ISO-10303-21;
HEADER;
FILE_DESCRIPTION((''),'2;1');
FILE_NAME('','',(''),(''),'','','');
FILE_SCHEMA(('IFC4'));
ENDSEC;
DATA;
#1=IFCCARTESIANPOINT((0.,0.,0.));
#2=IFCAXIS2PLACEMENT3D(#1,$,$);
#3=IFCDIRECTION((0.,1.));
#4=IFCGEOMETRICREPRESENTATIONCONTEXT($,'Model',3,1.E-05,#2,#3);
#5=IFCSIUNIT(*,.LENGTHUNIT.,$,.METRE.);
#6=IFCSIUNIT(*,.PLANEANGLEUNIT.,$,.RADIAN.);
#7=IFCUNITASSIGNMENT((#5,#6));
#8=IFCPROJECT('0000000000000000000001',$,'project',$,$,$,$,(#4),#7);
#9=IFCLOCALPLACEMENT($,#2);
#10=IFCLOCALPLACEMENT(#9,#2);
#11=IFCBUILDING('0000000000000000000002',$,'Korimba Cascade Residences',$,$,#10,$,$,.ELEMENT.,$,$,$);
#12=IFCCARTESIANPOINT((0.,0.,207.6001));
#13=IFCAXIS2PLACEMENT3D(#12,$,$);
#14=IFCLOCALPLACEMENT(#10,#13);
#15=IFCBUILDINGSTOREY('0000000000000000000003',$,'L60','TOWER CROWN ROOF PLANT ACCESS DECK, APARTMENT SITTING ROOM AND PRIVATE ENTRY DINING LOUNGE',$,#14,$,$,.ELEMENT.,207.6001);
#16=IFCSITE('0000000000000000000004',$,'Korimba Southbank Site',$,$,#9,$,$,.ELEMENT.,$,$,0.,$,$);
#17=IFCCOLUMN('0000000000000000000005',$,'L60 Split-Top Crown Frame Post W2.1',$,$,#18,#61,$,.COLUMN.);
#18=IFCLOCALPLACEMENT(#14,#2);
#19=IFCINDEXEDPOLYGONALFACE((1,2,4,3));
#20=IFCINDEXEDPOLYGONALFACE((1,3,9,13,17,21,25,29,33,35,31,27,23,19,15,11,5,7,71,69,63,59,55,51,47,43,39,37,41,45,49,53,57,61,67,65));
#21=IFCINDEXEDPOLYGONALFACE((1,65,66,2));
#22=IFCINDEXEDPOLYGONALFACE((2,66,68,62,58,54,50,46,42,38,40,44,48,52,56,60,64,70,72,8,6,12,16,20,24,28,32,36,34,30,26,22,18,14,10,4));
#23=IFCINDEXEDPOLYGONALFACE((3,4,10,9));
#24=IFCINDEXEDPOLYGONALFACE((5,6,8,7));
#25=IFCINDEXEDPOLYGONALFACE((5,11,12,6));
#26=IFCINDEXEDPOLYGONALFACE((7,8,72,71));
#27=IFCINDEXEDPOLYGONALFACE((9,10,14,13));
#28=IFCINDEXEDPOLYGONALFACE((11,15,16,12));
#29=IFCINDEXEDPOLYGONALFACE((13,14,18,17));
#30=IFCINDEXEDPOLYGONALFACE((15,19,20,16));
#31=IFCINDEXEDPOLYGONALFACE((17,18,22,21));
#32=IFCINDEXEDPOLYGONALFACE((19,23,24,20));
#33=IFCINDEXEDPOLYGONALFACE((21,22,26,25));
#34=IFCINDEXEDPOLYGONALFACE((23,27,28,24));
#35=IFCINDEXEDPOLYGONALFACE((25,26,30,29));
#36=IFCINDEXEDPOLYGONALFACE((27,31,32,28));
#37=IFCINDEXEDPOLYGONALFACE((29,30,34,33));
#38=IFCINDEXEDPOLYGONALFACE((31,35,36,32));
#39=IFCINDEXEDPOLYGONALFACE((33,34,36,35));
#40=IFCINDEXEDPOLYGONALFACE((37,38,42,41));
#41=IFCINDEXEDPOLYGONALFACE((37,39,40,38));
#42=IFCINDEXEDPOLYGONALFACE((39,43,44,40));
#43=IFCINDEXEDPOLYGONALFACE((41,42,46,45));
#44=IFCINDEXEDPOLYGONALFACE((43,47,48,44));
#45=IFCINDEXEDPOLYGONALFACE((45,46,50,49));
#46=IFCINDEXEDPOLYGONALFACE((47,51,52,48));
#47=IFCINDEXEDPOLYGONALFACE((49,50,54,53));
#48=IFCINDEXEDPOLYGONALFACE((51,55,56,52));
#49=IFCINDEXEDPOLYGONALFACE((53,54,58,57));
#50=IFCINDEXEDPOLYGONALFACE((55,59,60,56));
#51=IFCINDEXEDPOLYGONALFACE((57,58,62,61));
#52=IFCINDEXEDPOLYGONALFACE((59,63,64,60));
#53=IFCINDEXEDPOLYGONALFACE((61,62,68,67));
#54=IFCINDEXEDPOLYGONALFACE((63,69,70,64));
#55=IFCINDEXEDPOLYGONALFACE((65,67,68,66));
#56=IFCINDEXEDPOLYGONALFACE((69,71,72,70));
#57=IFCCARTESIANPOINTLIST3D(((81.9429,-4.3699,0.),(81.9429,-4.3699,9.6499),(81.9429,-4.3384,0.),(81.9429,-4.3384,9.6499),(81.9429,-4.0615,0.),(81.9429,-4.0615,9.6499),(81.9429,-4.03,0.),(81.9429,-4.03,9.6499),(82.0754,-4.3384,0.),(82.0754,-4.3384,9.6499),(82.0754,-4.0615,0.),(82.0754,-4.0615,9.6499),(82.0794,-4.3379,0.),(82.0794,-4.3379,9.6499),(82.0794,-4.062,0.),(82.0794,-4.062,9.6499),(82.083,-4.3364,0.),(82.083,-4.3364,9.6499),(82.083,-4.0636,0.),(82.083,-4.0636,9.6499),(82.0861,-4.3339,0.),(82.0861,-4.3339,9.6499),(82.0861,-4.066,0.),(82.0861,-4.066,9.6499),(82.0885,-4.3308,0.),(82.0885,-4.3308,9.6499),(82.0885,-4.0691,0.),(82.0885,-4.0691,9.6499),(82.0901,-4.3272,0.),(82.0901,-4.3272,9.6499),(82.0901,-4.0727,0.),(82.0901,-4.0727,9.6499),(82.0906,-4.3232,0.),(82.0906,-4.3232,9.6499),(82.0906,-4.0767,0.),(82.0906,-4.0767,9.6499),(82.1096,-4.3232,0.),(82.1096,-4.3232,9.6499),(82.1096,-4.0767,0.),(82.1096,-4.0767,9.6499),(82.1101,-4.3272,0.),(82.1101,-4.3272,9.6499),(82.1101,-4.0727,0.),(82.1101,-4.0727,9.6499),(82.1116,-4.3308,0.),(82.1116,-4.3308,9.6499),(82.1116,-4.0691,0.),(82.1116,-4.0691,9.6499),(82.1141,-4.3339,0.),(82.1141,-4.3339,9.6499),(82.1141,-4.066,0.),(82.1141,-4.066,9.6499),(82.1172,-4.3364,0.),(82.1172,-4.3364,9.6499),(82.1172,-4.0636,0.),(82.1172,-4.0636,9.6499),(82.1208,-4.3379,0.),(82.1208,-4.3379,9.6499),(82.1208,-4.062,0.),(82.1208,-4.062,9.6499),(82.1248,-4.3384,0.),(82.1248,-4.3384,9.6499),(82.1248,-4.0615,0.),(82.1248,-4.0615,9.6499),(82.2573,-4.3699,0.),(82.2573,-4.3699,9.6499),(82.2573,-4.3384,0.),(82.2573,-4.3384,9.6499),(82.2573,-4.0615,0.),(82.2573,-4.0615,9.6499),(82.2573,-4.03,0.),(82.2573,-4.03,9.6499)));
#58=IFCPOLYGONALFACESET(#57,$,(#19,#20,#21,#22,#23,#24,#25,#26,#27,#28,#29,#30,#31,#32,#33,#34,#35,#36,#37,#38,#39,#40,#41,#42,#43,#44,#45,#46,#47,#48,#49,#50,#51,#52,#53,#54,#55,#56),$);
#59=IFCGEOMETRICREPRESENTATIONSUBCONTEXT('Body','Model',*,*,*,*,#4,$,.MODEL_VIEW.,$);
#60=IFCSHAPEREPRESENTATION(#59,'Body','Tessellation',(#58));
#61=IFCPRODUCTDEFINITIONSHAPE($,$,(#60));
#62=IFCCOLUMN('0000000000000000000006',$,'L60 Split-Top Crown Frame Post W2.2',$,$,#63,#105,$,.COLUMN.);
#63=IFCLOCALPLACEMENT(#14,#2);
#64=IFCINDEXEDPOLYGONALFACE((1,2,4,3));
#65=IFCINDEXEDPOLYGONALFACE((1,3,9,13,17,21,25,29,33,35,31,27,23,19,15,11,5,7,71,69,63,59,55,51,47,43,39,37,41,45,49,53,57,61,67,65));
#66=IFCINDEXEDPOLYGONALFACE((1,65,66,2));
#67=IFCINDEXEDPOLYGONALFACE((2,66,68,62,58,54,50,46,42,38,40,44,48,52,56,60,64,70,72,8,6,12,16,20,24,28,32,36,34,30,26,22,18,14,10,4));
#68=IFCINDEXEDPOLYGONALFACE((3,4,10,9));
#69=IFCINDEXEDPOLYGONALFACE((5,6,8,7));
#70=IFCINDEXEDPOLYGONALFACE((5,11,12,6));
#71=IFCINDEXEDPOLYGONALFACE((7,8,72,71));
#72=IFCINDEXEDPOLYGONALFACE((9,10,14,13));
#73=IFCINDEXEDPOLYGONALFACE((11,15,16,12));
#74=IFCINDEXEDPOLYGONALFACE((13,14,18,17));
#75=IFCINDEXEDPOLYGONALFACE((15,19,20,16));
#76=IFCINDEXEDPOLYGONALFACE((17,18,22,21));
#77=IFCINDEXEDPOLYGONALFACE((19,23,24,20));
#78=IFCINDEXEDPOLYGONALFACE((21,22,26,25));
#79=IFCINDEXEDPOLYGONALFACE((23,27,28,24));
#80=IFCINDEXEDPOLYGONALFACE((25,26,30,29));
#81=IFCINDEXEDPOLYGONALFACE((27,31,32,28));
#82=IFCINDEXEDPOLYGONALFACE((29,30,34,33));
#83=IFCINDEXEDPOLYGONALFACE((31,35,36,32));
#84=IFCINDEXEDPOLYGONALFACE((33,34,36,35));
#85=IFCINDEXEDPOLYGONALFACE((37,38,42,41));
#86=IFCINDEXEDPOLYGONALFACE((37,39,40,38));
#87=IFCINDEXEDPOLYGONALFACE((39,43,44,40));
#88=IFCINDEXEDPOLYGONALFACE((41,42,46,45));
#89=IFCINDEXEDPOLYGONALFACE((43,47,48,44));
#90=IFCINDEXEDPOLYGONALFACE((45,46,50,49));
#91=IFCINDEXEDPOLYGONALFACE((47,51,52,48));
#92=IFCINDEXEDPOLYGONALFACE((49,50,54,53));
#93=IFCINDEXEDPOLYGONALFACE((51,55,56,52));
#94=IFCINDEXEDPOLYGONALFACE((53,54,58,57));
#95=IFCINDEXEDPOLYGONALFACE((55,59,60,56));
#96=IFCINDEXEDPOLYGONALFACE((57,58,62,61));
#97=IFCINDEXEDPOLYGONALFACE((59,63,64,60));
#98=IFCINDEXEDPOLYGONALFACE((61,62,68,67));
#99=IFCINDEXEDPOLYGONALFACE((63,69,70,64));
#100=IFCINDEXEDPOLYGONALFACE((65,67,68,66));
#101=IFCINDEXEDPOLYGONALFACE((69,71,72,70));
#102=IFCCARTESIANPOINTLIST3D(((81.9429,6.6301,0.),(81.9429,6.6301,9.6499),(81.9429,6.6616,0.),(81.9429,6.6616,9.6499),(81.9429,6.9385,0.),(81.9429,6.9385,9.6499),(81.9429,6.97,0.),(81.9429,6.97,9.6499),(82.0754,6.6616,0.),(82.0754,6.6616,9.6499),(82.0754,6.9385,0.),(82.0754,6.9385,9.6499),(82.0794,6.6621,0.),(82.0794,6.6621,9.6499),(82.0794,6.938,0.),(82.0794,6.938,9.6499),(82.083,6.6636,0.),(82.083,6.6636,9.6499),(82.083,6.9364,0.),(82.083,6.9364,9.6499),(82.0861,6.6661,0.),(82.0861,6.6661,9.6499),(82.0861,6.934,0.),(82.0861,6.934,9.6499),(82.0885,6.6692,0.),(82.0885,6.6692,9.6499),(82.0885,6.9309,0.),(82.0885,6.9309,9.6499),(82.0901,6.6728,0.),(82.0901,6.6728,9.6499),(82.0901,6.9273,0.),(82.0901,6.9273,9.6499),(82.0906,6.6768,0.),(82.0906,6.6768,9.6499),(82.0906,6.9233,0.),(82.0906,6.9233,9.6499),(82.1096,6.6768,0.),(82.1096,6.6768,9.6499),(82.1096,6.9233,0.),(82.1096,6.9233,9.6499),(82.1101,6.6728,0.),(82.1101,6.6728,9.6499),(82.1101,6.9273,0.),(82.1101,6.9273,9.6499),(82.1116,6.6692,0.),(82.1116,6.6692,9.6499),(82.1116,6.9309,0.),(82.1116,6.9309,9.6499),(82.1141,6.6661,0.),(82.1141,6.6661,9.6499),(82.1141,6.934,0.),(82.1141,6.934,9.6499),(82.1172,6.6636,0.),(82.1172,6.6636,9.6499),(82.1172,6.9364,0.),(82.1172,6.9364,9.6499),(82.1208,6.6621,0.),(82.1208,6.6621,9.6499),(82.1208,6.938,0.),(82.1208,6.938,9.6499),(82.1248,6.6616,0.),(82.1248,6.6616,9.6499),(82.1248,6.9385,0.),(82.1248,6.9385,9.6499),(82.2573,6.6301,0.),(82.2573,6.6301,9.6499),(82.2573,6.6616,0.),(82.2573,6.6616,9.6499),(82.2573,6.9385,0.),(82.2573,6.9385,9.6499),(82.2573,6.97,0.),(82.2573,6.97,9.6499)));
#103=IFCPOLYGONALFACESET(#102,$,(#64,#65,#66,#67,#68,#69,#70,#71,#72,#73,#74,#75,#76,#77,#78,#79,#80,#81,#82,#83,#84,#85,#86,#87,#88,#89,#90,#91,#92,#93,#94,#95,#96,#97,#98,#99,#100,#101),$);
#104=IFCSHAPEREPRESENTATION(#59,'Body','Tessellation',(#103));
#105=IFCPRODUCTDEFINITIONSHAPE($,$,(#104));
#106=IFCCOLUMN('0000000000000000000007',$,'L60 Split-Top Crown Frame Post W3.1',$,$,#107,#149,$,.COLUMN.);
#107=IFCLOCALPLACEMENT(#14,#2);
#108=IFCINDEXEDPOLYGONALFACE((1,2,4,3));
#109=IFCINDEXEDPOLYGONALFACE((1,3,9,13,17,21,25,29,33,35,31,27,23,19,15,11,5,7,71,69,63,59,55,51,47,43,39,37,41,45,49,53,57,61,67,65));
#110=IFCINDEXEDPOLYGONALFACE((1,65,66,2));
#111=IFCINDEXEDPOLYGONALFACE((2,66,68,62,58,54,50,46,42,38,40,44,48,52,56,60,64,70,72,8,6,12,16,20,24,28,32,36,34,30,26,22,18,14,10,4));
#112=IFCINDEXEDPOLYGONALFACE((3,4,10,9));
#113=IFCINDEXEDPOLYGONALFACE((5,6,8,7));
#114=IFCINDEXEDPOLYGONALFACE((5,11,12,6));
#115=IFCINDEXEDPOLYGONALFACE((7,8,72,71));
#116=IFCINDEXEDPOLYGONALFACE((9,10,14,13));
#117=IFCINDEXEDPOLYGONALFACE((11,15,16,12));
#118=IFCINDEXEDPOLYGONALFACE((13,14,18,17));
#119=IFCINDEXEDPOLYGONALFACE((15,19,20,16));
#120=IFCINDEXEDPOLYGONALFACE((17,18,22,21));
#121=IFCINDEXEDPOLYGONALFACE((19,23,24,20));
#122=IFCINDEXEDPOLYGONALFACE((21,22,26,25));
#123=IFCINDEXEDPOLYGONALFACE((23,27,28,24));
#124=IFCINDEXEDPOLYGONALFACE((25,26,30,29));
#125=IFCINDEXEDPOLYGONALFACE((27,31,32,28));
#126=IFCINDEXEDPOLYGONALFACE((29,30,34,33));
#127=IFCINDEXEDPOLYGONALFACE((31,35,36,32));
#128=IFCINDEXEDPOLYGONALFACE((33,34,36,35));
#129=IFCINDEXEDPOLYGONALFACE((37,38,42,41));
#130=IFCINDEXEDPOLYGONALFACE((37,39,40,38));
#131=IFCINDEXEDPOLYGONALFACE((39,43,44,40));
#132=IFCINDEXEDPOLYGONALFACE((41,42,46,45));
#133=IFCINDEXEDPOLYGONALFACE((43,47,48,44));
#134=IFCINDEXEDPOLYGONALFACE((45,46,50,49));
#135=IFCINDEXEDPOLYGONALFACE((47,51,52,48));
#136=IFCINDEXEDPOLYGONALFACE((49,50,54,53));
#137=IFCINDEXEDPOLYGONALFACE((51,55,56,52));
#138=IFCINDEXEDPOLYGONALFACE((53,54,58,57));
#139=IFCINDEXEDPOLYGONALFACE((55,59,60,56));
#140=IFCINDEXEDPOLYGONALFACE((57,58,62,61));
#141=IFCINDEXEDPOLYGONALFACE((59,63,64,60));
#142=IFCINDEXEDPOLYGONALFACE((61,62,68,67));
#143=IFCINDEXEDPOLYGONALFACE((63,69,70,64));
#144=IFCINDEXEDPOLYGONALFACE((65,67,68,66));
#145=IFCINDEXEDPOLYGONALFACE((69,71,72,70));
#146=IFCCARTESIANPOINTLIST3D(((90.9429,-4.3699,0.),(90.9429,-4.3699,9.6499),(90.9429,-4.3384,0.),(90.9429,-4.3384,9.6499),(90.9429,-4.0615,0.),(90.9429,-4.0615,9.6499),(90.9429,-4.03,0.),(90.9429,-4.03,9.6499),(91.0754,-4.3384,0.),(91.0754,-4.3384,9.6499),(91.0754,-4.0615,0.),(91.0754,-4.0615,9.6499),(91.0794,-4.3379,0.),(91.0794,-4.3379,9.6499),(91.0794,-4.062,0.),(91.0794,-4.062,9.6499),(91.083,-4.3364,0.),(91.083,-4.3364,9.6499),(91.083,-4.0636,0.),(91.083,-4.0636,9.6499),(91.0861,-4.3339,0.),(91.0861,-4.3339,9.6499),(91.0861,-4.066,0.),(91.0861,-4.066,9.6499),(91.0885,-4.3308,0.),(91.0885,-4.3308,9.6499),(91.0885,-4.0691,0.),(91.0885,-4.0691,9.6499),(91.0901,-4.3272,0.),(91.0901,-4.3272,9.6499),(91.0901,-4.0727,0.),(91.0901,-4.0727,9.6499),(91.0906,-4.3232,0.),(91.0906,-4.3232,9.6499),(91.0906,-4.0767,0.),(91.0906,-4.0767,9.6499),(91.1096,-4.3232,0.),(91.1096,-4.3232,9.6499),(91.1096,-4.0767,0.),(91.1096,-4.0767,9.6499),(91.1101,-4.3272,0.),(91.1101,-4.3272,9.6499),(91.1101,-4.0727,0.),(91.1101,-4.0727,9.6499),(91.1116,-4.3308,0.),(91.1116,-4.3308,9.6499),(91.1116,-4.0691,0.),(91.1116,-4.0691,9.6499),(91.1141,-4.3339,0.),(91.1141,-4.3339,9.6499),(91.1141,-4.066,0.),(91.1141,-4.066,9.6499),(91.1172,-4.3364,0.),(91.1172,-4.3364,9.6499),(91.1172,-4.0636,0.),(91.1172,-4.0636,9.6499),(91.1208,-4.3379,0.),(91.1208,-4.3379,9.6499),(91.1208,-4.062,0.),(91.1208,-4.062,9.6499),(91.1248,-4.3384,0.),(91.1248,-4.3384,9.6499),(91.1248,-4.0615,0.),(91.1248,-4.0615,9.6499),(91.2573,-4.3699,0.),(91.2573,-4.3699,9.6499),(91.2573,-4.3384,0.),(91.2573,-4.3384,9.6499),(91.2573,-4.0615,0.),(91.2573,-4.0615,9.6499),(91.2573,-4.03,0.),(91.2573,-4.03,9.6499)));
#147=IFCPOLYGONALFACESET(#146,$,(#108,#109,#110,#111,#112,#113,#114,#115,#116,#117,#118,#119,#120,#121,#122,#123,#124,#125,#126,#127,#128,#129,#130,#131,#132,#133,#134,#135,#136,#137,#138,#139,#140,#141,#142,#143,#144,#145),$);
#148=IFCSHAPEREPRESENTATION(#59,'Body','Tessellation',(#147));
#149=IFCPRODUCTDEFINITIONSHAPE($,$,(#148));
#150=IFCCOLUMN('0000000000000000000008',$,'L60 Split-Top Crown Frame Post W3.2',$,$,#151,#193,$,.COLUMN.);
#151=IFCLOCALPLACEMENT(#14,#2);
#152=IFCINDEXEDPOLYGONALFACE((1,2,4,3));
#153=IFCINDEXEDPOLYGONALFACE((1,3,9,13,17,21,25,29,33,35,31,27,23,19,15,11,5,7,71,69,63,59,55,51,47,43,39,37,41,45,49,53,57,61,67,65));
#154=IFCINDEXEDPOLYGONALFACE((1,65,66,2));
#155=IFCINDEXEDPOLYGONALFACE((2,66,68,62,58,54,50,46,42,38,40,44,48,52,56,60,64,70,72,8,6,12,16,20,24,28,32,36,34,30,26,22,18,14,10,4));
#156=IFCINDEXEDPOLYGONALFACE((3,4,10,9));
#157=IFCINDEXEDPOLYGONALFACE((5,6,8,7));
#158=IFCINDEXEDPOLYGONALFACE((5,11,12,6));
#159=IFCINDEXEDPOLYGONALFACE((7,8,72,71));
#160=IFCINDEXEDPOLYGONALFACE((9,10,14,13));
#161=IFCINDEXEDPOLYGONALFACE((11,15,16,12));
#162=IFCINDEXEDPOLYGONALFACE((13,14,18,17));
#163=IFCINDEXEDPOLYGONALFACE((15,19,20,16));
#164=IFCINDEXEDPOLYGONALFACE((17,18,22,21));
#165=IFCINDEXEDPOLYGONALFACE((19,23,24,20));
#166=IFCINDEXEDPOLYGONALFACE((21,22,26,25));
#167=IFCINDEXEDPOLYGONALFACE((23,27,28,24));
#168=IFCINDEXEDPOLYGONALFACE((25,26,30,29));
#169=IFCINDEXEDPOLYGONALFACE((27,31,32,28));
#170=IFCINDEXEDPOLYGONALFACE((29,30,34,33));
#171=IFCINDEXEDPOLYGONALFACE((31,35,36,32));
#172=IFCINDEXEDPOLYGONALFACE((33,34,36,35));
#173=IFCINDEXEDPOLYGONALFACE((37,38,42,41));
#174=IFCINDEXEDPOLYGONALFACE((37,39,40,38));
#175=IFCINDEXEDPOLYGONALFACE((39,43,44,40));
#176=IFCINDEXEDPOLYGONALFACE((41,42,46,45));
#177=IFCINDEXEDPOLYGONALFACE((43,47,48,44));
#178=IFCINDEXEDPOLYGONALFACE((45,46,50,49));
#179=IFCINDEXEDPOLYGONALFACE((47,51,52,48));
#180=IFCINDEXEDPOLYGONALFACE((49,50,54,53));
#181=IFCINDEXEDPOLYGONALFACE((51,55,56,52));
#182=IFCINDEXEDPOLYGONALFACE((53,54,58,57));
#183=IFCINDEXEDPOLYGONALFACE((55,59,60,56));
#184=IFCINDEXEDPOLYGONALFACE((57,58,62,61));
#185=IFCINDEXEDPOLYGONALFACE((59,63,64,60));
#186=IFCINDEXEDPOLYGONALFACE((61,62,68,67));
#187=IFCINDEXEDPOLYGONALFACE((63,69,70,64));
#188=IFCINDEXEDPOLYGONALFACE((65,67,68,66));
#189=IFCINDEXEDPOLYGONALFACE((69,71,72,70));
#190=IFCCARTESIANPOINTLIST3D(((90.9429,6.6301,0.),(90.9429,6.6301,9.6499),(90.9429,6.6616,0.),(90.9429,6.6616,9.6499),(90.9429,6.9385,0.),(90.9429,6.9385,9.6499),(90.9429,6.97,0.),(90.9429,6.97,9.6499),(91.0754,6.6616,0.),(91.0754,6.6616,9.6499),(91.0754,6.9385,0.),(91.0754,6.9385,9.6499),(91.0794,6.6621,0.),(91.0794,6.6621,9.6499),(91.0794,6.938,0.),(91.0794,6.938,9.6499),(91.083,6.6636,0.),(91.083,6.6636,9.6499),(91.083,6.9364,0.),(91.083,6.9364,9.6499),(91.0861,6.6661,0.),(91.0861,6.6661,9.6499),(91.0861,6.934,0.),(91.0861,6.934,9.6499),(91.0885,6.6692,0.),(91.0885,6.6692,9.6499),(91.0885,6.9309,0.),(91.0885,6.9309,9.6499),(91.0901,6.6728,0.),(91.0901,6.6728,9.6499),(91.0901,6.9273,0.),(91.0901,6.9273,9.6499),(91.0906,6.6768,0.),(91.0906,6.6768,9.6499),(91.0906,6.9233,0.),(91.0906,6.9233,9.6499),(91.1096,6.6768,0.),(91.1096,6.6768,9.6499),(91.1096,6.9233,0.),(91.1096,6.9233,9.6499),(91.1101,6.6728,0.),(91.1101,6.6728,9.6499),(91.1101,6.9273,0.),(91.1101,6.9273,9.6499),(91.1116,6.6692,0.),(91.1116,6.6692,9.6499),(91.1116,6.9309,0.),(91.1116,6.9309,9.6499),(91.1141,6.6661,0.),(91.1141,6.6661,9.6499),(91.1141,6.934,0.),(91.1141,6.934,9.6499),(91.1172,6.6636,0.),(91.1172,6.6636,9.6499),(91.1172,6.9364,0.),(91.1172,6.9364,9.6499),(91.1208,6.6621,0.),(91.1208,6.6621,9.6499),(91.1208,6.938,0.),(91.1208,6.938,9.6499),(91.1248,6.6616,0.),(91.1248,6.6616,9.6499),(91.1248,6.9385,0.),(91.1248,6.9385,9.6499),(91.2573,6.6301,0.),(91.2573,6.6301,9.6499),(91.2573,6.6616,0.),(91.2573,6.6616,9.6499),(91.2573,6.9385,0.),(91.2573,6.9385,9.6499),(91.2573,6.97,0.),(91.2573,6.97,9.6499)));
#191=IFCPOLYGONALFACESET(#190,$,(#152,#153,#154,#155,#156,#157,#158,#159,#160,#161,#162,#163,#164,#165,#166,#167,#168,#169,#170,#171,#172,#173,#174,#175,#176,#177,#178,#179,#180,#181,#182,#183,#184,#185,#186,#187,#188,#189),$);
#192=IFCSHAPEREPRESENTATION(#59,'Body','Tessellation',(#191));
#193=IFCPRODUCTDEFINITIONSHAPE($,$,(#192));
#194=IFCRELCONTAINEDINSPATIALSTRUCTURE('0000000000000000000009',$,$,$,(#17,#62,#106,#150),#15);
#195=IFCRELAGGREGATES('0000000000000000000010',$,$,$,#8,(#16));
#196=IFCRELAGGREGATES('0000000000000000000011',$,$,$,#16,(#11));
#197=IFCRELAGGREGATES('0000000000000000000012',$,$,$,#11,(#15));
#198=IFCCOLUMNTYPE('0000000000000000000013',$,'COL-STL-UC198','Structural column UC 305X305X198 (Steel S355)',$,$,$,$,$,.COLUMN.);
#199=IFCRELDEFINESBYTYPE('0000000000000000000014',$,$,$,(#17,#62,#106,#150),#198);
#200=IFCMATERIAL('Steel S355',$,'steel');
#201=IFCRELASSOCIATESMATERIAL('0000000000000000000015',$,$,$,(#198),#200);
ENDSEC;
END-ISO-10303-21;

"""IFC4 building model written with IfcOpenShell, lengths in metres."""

from ifc_helpers import new_model, si_unit, direction, frame, origin, origin_2d, place, context, subcontext, project, spatial, i_section, extrude, material, material_profile, profile_set, type_object, element, save


model = new_model("IFC4")

# Units and contexts
model_context = context("Model", 3, precision=1e-05, world=origin(), true_north=direction((0.0, 1.0)))
body_context = subcontext(model_context, "Body", "Model", "MODEL_VIEW")
ifc_project = project(units=[si_unit("LENGTHUNIT", "METRE"), si_unit("PLANEANGLEUNIT", "RADIAN")], contexts=[model_context])

# Site, building, storey
site_placement = place(None, origin())
site = spatial("IfcSite", under=ifc_project, at=site_placement, Name="Korimba Southbank Site", CompositionType="ELEMENT", RefElevation=0.0)
building_placement = place(site_placement, origin())
building = spatial("IfcBuilding", under=site, at=building_placement, Name="Korimba Cascade Residences", CompositionType="ELEMENT")
storey_placement = place(building_placement, frame((0.0, 0.0, 207.6001)))
storey = spatial("IfcBuildingStorey", under=building, at=storey_placement, Name="L60", Description="TOWER CROWN ROOF PLANT ACCESS DECK, APARTMENT SITTING ROOM AND PRIVATE ENTRY DINING LOUNGE", CompositionType="ELEMENT", Elevation=207.6001)

# Columns
ifc_material_1 = material(Name="Steel S355", Category="steel")
ifc_material_profile_1 = material_profile(ifc_material_1, i_section(OverallWidth=0.3145, OverallDepth=0.3398, WebThickness=0.019, FlangeThickness=0.0315, FilletRadius=0.0151, at=origin_2d()), Name="Steel S355")
ifc_profile_set_1 = profile_set([ifc_material_profile_1], Name="Steel S355")
column_type = type_object("IfcColumnType", Name="COL-STL-UC198", Description="Structural column UC 305X305X198 (Steel S355)", PredefinedType="COLUMN", material=ifc_profile_set_1)
for number, where, z_axis, x_axis, name in (
    (1, (82.1001, -4.2, 0.0), (0.0, 0.0, 1.0), (1.0, 0.0, 0.0), "L60 Split-Top Crown Frame Post W2.1"),
    (2, (82.1001, 6.8, 0.0), (0.0, 0.0, 1.0), (1.0, 0.0, 0.0), "L60 Split-Top Crown Frame Post W2.2"),
    (3, (91.1001, -4.2, 0.0), (0.0, 0.0, 1.0), (1.0, 0.0, 0.0), "L60 Split-Top Crown Frame Post W3.1"),
    (4, (91.1001, 6.8, 0.0), (0.0, 0.0, 1.0), (1.0, 0.0, 0.0), "L60 Split-Top Crown Frame Post W3.2"),
):
    element("IfcColumn", number, at=place(storey_placement, frame(where, z_axis=z_axis, x_axis=x_axis)), inside=storey, type_object=column_type, Name=name, PredefinedType="COLUMN", context=body_context, shape_type="SweptSolid", body=[
        extrude(i_section(OverallWidth=0.3145, OverallDepth=0.3398, WebThickness=0.019, FlangeThickness=0.0315, FilletRadius=0.0151, at=origin_2d()), origin(), (0.0, 0.0, 1.0), 9.6499),
    ])

save(model, "model.ifc")
